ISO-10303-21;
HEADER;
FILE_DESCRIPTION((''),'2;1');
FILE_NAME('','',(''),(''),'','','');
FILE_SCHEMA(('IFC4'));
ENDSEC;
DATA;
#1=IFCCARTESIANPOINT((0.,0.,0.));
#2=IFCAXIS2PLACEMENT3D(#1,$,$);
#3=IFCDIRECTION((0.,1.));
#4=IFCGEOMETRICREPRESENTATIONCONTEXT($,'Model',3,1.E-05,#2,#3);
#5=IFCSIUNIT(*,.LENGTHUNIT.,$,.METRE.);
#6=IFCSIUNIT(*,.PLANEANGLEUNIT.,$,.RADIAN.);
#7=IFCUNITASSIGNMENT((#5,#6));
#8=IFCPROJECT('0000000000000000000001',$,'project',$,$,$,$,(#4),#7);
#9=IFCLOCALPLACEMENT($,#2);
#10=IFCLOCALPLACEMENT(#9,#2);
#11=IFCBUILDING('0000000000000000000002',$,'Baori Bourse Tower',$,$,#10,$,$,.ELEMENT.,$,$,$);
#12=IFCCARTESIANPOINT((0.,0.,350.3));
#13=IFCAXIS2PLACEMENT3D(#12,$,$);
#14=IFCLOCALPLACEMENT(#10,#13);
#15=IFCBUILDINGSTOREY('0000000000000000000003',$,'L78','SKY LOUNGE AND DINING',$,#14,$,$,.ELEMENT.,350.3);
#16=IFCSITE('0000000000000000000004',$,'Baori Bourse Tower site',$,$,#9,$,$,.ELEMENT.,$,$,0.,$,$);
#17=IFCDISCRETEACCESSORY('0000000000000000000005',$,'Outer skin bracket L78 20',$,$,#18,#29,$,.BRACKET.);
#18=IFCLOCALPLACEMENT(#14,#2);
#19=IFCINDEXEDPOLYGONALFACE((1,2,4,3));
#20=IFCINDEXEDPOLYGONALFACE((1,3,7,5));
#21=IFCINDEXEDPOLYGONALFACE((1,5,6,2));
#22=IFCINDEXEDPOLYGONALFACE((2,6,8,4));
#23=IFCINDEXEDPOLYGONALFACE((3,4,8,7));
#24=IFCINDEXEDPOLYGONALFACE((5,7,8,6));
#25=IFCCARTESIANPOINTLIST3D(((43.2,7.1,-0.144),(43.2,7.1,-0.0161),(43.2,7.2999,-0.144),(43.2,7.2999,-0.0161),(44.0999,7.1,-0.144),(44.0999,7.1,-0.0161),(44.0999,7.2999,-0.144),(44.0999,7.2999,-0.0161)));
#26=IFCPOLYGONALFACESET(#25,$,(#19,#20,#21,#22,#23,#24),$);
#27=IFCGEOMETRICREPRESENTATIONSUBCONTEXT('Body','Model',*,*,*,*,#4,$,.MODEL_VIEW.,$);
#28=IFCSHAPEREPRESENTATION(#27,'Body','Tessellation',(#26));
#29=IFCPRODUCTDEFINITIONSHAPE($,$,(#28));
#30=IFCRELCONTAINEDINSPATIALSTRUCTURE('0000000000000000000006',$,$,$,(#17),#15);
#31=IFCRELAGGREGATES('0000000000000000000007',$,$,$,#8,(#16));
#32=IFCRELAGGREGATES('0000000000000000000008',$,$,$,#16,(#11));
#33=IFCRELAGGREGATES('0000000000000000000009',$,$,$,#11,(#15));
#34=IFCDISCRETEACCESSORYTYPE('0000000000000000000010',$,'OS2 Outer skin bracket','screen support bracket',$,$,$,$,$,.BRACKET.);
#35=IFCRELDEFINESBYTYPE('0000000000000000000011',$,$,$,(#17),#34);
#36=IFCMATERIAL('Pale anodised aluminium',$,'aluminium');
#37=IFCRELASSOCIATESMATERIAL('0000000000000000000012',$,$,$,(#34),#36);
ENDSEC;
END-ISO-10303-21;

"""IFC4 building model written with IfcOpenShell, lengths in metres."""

from ifc_helpers import new_model, si_unit, direction, frame, origin, origin_2d, place, context, subcontext, project, spatial, rectangle, extrude, material, type_object, element, save


model = new_model("IFC4")

# Units and contexts
model_context = context("Model", 3, precision=1e-05, world=origin(), true_north=direction((0.0, 1.0)))
body_context = subcontext(model_context, "Body", "Model", "MODEL_VIEW")
ifc_project = project(units=[si_unit("LENGTHUNIT", "METRE"), si_unit("PLANEANGLEUNIT", "RADIAN")], contexts=[model_context])

# Site, building, storey
site_placement = place(None, origin())
site = spatial("IfcSite", under=ifc_project, at=site_placement, Name="Baori Bourse Tower site", CompositionType="ELEMENT", RefElevation=0.0)
building_placement = place(site_placement, origin())
building = spatial("IfcBuilding", under=site, at=building_placement, Name="Baori Bourse Tower", CompositionType="ELEMENT")
storey_placement = place(building_placement, frame((0.0, 0.0, 350.3)))
storey = spatial("IfcBuildingStorey", under=building, at=storey_placement, Name="L78", Description="SKY LOUNGE AND DINING", CompositionType="ELEMENT", Elevation=350.3)

# Discrete accessory
ifc_material_1 = material(Name="Pale anodised aluminium", Category="aluminium")
discrete_accessory_type = type_object("IfcDiscreteAccessoryType", Name="OS2 Outer skin bracket", Description="screen support bracket", PredefinedType="BRACKET", material=ifc_material_1)
for number, where, z_axis, x_axis, name in (
    (1, (43.6499, 7.2, -0.144), (0.0, 0.0, 1.0), (0.0, 1.0, 0.0), "Outer skin bracket L78 20"),
):
    element("IfcDiscreteAccessory", number, at=place(storey_placement, frame(where, z_axis=z_axis, x_axis=x_axis)), inside=storey, type_object=discrete_accessory_type, Name=name, PredefinedType="BRACKET", context=body_context, shape_type="SweptSolid", body=[
        extrude(rectangle(XDim=0.2, YDim=0.8999, at=origin_2d()), origin(), (0.0, 0.0, 1.0), 0.1279),
    ])

save(model, "model.ifc")
